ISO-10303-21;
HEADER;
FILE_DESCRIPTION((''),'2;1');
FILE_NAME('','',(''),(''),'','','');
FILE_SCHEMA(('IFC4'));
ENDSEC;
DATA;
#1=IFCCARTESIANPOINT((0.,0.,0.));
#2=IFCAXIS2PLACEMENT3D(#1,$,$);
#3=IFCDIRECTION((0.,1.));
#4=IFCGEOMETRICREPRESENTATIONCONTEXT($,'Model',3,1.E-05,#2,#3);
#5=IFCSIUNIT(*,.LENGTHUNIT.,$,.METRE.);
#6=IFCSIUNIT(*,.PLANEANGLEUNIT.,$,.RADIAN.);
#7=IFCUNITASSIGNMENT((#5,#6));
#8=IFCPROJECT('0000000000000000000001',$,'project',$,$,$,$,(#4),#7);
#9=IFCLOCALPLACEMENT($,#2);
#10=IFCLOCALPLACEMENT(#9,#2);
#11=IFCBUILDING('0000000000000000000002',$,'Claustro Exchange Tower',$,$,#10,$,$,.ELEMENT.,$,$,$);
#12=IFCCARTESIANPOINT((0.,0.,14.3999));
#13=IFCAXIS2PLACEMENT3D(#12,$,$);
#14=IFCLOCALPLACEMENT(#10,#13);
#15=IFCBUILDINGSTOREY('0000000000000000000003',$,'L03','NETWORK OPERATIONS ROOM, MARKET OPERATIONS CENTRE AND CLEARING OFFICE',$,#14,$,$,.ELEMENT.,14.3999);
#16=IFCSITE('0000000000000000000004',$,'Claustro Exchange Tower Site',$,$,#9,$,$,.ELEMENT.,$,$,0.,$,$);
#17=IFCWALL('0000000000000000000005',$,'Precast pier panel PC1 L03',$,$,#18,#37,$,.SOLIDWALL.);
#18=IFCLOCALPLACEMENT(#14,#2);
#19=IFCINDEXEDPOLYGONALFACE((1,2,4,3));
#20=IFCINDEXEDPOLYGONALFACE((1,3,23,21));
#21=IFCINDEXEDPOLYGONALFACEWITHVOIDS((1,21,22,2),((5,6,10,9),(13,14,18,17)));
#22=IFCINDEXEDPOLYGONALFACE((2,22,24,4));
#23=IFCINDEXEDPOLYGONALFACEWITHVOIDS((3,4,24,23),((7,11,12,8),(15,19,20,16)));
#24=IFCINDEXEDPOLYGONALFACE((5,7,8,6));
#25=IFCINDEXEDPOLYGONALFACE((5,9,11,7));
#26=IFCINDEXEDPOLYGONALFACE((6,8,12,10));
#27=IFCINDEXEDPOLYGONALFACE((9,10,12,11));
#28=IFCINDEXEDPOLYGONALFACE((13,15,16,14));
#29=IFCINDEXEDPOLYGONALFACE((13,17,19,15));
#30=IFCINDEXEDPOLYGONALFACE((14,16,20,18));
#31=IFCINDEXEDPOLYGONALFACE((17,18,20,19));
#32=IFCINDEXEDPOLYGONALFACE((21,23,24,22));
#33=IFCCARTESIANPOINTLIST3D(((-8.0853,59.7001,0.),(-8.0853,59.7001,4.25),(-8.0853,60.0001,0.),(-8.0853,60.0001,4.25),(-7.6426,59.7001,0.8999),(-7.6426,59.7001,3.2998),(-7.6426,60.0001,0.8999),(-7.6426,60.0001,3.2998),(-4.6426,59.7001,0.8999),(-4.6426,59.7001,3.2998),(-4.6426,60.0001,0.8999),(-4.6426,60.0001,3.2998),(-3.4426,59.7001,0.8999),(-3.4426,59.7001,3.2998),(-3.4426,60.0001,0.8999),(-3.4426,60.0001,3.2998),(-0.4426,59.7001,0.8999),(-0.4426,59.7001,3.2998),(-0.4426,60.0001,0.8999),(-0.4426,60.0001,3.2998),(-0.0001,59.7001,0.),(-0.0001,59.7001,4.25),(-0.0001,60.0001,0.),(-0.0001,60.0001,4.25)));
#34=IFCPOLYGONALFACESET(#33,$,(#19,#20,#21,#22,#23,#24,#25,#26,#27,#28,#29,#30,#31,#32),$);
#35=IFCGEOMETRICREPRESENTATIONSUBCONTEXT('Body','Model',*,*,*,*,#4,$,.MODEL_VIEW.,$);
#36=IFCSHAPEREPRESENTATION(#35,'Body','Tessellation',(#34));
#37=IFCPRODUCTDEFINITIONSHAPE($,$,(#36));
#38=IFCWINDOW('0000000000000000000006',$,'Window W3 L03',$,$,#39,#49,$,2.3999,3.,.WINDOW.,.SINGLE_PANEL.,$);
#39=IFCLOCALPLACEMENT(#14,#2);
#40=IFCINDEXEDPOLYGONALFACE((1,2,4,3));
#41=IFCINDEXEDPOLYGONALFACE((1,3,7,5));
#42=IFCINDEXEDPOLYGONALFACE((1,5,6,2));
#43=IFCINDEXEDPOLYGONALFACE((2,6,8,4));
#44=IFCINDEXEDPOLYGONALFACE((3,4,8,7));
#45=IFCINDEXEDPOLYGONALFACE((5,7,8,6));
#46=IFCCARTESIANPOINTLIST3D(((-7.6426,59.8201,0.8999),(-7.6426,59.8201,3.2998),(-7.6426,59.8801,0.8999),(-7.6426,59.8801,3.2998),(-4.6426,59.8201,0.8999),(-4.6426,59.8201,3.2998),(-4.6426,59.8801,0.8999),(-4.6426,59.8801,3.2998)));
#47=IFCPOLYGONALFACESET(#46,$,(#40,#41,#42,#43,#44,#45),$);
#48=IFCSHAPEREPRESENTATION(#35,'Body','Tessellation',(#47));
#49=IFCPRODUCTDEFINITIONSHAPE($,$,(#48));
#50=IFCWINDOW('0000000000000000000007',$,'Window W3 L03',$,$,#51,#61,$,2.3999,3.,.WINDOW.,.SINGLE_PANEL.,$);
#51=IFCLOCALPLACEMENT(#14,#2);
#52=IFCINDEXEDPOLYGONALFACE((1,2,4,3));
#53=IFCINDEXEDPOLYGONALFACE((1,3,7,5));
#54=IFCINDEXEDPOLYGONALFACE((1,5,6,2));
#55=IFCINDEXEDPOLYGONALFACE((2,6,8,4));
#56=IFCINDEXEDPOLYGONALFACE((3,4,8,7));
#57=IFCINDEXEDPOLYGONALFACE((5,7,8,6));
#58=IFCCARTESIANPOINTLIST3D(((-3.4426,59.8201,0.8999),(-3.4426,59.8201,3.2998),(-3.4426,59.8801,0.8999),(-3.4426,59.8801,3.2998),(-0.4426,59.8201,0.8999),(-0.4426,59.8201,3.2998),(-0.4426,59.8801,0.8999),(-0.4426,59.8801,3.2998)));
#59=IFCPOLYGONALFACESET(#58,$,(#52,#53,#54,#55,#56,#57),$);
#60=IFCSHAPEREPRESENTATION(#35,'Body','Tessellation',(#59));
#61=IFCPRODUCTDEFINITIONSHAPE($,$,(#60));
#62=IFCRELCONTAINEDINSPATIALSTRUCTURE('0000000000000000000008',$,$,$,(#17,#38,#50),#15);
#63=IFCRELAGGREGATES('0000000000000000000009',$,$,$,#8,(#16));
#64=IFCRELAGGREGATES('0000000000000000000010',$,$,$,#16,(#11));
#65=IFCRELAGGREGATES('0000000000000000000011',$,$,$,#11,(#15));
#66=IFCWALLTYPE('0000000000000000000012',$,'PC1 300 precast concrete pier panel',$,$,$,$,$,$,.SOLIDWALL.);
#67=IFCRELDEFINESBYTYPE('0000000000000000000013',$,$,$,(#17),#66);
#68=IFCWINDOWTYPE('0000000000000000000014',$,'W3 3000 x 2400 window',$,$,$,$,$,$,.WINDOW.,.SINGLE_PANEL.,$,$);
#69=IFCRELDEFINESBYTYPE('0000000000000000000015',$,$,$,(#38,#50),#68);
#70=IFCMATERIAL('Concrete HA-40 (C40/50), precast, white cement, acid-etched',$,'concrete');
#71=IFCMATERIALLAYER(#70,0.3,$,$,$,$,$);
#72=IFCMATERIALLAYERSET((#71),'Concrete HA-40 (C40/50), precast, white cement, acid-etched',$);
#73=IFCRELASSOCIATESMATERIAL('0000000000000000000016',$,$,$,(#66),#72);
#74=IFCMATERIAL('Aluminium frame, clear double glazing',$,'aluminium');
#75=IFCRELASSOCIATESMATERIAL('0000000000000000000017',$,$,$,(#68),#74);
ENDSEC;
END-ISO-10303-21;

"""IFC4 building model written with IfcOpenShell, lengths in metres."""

from ifc_helpers import new_model, si_unit, direction, frame, frame_2d, origin, place, context, subcontext, project, spatial, rectangle, extrude, material, layer, layer_set, type_object, element, fill, save


model = new_model("IFC4")

# Units and contexts
model_context = context("Model", 3, precision=1e-05, world=origin(), true_north=direction((0.0, 1.0)))
body_context = subcontext(model_context, "Body", "Model", "MODEL_VIEW")
ifc_project = project(units=[si_unit("LENGTHUNIT", "METRE"), si_unit("PLANEANGLEUNIT", "RADIAN")], contexts=[model_context])

# Site, building, storey
site_placement = place(None, origin())
site = spatial("IfcSite", under=ifc_project, at=site_placement, Name="Claustro Exchange Tower Site", CompositionType="ELEMENT", RefElevation=0.0)
building_placement = place(site_placement, origin())
building = spatial("IfcBuilding", under=site, at=building_placement, Name="Claustro Exchange Tower", CompositionType="ELEMENT")
storey_placement = place(building_placement, frame((0.0, 0.0, 14.3999)))
storey = spatial("IfcBuildingStorey", under=building, at=storey_placement, Name="L03", Description="NETWORK OPERATIONS ROOM, MARKET OPERATIONS CENTRE AND CLEARING OFFICE", CompositionType="ELEMENT", Elevation=14.3999)

# Shared definitions
ifc_material_1 = material(Name="Concrete HA-40 (C40/50), precast, white cement, acid-etched", Category="concrete")
ifc_layer_1 = layer(ifc_material_1, 0.3)
ifc_layer_set_1 = layer_set([ifc_layer_1], Name="Concrete HA-40 (C40/50), precast, white cement, acid-etched")
wall_type_1 = type_object("IfcWallType", Name="PC1 300 precast concrete pier panel", PredefinedType="SOLIDWALL", material=ifc_layer_set_1)

# Wall, openings, windows
wall_1_placement = place(storey_placement, frame((-8.0852, 59.8501, 0.0), z_axis=(0.0, 0.0, 1.0), x_axis=(1.0, 0.0, 0.0)))
wall_1 = element("IfcWall", 1, at=wall_1_placement, inside=storey, type_object=wall_type_1, Name="Precast pier panel PC1 L03", PredefinedType="SOLIDWALL", context=body_context, shape_type="SweptSolid", body=[
    extrude(rectangle(XDim=8.0852, YDim=0.3, at=frame_2d((4.0425, 0.0))), origin(), (0.0, 0.0, 1.0), 4.25),
])
opening_1_placement = place(wall_1_placement, frame((0.4426, 0.0, 0.8999)))
opening_1 = element("IfcOpeningElement", 2, at=opening_1_placement, cuts=wall_1, PredefinedType="OPENING", context=body_context, shape_type="SweptSolid", body=[
    extrude(rectangle(XDim=3.0, YDim=2.3999, at=frame_2d((1.5, 1.2))), frame((0.0, 0.1599, 0.0), z_axis=(0.0, -1.0, 0.0), x_axis=(1.0, 0.0, 0.0)), (0.0, 0.0, 1.0), 0.3201),
])
opening_2_placement = place(wall_1_placement, frame((4.6426, 0.0, 0.8999)))
opening_2 = element("IfcOpeningElement", 3, at=opening_2_placement, cuts=wall_1, PredefinedType="OPENING", context=body_context, shape_type="SweptSolid", body=[
    extrude(rectangle(XDim=3.0, YDim=2.3999, at=frame_2d((1.5, 1.2))), frame((0.0, 0.1599, 0.0), z_axis=(0.0, -1.0, 0.0), x_axis=(1.0, 0.0, 0.0)), (0.0, 0.0, 1.0), 0.3201),
])
ifc_material_2 = material(Name="Aluminium frame, clear double glazing", Category="aluminium")
window_type = type_object("IfcWindowType", Name="W3 3000 x 2400 window", PartitioningType="SINGLE_PANEL", PredefinedType="WINDOW", material=ifc_material_2)
window_1_placement = place(opening_1_placement, origin())
window_1 = element("IfcWindow", 4, at=window_1_placement, inside=storey, type_object=window_type, Name="Window W3 L03", OverallHeight=2.3999, OverallWidth=3.0, PartitioningType="SINGLE_PANEL", PredefinedType="WINDOW", context=body_context, shape_type="SweptSolid", body=[
    extrude(rectangle(XDim=3.0, YDim=2.3999, at=frame_2d((1.5, 1.2))), frame((0.0, 0.03, 0.0), z_axis=(0.0, -1.0, 0.0), x_axis=(1.0, 0.0, 0.0)), (0.0, 0.0, 1.0), 0.0601),
])
fill(opening_1, window_1)
window_2_placement = place(opening_2_placement, origin())
window_2 = element("IfcWindow", 5, at=window_2_placement, inside=storey, type_object=window_type, Name="Window W3 L03", OverallHeight=2.3999, OverallWidth=3.0, PartitioningType="SINGLE_PANEL", PredefinedType="WINDOW", context=body_context, shape_type="SweptSolid", body=[
    extrude(rectangle(XDim=3.0, YDim=2.3999, at=frame_2d((1.5, 1.2))), frame((0.0, 0.03, 0.0), z_axis=(0.0, -1.0, 0.0), x_axis=(1.0, 0.0, 0.0)), (0.0, 0.0, 1.0), 0.0601),
])
fill(opening_2, window_2)

save(model, "model.ifc")
